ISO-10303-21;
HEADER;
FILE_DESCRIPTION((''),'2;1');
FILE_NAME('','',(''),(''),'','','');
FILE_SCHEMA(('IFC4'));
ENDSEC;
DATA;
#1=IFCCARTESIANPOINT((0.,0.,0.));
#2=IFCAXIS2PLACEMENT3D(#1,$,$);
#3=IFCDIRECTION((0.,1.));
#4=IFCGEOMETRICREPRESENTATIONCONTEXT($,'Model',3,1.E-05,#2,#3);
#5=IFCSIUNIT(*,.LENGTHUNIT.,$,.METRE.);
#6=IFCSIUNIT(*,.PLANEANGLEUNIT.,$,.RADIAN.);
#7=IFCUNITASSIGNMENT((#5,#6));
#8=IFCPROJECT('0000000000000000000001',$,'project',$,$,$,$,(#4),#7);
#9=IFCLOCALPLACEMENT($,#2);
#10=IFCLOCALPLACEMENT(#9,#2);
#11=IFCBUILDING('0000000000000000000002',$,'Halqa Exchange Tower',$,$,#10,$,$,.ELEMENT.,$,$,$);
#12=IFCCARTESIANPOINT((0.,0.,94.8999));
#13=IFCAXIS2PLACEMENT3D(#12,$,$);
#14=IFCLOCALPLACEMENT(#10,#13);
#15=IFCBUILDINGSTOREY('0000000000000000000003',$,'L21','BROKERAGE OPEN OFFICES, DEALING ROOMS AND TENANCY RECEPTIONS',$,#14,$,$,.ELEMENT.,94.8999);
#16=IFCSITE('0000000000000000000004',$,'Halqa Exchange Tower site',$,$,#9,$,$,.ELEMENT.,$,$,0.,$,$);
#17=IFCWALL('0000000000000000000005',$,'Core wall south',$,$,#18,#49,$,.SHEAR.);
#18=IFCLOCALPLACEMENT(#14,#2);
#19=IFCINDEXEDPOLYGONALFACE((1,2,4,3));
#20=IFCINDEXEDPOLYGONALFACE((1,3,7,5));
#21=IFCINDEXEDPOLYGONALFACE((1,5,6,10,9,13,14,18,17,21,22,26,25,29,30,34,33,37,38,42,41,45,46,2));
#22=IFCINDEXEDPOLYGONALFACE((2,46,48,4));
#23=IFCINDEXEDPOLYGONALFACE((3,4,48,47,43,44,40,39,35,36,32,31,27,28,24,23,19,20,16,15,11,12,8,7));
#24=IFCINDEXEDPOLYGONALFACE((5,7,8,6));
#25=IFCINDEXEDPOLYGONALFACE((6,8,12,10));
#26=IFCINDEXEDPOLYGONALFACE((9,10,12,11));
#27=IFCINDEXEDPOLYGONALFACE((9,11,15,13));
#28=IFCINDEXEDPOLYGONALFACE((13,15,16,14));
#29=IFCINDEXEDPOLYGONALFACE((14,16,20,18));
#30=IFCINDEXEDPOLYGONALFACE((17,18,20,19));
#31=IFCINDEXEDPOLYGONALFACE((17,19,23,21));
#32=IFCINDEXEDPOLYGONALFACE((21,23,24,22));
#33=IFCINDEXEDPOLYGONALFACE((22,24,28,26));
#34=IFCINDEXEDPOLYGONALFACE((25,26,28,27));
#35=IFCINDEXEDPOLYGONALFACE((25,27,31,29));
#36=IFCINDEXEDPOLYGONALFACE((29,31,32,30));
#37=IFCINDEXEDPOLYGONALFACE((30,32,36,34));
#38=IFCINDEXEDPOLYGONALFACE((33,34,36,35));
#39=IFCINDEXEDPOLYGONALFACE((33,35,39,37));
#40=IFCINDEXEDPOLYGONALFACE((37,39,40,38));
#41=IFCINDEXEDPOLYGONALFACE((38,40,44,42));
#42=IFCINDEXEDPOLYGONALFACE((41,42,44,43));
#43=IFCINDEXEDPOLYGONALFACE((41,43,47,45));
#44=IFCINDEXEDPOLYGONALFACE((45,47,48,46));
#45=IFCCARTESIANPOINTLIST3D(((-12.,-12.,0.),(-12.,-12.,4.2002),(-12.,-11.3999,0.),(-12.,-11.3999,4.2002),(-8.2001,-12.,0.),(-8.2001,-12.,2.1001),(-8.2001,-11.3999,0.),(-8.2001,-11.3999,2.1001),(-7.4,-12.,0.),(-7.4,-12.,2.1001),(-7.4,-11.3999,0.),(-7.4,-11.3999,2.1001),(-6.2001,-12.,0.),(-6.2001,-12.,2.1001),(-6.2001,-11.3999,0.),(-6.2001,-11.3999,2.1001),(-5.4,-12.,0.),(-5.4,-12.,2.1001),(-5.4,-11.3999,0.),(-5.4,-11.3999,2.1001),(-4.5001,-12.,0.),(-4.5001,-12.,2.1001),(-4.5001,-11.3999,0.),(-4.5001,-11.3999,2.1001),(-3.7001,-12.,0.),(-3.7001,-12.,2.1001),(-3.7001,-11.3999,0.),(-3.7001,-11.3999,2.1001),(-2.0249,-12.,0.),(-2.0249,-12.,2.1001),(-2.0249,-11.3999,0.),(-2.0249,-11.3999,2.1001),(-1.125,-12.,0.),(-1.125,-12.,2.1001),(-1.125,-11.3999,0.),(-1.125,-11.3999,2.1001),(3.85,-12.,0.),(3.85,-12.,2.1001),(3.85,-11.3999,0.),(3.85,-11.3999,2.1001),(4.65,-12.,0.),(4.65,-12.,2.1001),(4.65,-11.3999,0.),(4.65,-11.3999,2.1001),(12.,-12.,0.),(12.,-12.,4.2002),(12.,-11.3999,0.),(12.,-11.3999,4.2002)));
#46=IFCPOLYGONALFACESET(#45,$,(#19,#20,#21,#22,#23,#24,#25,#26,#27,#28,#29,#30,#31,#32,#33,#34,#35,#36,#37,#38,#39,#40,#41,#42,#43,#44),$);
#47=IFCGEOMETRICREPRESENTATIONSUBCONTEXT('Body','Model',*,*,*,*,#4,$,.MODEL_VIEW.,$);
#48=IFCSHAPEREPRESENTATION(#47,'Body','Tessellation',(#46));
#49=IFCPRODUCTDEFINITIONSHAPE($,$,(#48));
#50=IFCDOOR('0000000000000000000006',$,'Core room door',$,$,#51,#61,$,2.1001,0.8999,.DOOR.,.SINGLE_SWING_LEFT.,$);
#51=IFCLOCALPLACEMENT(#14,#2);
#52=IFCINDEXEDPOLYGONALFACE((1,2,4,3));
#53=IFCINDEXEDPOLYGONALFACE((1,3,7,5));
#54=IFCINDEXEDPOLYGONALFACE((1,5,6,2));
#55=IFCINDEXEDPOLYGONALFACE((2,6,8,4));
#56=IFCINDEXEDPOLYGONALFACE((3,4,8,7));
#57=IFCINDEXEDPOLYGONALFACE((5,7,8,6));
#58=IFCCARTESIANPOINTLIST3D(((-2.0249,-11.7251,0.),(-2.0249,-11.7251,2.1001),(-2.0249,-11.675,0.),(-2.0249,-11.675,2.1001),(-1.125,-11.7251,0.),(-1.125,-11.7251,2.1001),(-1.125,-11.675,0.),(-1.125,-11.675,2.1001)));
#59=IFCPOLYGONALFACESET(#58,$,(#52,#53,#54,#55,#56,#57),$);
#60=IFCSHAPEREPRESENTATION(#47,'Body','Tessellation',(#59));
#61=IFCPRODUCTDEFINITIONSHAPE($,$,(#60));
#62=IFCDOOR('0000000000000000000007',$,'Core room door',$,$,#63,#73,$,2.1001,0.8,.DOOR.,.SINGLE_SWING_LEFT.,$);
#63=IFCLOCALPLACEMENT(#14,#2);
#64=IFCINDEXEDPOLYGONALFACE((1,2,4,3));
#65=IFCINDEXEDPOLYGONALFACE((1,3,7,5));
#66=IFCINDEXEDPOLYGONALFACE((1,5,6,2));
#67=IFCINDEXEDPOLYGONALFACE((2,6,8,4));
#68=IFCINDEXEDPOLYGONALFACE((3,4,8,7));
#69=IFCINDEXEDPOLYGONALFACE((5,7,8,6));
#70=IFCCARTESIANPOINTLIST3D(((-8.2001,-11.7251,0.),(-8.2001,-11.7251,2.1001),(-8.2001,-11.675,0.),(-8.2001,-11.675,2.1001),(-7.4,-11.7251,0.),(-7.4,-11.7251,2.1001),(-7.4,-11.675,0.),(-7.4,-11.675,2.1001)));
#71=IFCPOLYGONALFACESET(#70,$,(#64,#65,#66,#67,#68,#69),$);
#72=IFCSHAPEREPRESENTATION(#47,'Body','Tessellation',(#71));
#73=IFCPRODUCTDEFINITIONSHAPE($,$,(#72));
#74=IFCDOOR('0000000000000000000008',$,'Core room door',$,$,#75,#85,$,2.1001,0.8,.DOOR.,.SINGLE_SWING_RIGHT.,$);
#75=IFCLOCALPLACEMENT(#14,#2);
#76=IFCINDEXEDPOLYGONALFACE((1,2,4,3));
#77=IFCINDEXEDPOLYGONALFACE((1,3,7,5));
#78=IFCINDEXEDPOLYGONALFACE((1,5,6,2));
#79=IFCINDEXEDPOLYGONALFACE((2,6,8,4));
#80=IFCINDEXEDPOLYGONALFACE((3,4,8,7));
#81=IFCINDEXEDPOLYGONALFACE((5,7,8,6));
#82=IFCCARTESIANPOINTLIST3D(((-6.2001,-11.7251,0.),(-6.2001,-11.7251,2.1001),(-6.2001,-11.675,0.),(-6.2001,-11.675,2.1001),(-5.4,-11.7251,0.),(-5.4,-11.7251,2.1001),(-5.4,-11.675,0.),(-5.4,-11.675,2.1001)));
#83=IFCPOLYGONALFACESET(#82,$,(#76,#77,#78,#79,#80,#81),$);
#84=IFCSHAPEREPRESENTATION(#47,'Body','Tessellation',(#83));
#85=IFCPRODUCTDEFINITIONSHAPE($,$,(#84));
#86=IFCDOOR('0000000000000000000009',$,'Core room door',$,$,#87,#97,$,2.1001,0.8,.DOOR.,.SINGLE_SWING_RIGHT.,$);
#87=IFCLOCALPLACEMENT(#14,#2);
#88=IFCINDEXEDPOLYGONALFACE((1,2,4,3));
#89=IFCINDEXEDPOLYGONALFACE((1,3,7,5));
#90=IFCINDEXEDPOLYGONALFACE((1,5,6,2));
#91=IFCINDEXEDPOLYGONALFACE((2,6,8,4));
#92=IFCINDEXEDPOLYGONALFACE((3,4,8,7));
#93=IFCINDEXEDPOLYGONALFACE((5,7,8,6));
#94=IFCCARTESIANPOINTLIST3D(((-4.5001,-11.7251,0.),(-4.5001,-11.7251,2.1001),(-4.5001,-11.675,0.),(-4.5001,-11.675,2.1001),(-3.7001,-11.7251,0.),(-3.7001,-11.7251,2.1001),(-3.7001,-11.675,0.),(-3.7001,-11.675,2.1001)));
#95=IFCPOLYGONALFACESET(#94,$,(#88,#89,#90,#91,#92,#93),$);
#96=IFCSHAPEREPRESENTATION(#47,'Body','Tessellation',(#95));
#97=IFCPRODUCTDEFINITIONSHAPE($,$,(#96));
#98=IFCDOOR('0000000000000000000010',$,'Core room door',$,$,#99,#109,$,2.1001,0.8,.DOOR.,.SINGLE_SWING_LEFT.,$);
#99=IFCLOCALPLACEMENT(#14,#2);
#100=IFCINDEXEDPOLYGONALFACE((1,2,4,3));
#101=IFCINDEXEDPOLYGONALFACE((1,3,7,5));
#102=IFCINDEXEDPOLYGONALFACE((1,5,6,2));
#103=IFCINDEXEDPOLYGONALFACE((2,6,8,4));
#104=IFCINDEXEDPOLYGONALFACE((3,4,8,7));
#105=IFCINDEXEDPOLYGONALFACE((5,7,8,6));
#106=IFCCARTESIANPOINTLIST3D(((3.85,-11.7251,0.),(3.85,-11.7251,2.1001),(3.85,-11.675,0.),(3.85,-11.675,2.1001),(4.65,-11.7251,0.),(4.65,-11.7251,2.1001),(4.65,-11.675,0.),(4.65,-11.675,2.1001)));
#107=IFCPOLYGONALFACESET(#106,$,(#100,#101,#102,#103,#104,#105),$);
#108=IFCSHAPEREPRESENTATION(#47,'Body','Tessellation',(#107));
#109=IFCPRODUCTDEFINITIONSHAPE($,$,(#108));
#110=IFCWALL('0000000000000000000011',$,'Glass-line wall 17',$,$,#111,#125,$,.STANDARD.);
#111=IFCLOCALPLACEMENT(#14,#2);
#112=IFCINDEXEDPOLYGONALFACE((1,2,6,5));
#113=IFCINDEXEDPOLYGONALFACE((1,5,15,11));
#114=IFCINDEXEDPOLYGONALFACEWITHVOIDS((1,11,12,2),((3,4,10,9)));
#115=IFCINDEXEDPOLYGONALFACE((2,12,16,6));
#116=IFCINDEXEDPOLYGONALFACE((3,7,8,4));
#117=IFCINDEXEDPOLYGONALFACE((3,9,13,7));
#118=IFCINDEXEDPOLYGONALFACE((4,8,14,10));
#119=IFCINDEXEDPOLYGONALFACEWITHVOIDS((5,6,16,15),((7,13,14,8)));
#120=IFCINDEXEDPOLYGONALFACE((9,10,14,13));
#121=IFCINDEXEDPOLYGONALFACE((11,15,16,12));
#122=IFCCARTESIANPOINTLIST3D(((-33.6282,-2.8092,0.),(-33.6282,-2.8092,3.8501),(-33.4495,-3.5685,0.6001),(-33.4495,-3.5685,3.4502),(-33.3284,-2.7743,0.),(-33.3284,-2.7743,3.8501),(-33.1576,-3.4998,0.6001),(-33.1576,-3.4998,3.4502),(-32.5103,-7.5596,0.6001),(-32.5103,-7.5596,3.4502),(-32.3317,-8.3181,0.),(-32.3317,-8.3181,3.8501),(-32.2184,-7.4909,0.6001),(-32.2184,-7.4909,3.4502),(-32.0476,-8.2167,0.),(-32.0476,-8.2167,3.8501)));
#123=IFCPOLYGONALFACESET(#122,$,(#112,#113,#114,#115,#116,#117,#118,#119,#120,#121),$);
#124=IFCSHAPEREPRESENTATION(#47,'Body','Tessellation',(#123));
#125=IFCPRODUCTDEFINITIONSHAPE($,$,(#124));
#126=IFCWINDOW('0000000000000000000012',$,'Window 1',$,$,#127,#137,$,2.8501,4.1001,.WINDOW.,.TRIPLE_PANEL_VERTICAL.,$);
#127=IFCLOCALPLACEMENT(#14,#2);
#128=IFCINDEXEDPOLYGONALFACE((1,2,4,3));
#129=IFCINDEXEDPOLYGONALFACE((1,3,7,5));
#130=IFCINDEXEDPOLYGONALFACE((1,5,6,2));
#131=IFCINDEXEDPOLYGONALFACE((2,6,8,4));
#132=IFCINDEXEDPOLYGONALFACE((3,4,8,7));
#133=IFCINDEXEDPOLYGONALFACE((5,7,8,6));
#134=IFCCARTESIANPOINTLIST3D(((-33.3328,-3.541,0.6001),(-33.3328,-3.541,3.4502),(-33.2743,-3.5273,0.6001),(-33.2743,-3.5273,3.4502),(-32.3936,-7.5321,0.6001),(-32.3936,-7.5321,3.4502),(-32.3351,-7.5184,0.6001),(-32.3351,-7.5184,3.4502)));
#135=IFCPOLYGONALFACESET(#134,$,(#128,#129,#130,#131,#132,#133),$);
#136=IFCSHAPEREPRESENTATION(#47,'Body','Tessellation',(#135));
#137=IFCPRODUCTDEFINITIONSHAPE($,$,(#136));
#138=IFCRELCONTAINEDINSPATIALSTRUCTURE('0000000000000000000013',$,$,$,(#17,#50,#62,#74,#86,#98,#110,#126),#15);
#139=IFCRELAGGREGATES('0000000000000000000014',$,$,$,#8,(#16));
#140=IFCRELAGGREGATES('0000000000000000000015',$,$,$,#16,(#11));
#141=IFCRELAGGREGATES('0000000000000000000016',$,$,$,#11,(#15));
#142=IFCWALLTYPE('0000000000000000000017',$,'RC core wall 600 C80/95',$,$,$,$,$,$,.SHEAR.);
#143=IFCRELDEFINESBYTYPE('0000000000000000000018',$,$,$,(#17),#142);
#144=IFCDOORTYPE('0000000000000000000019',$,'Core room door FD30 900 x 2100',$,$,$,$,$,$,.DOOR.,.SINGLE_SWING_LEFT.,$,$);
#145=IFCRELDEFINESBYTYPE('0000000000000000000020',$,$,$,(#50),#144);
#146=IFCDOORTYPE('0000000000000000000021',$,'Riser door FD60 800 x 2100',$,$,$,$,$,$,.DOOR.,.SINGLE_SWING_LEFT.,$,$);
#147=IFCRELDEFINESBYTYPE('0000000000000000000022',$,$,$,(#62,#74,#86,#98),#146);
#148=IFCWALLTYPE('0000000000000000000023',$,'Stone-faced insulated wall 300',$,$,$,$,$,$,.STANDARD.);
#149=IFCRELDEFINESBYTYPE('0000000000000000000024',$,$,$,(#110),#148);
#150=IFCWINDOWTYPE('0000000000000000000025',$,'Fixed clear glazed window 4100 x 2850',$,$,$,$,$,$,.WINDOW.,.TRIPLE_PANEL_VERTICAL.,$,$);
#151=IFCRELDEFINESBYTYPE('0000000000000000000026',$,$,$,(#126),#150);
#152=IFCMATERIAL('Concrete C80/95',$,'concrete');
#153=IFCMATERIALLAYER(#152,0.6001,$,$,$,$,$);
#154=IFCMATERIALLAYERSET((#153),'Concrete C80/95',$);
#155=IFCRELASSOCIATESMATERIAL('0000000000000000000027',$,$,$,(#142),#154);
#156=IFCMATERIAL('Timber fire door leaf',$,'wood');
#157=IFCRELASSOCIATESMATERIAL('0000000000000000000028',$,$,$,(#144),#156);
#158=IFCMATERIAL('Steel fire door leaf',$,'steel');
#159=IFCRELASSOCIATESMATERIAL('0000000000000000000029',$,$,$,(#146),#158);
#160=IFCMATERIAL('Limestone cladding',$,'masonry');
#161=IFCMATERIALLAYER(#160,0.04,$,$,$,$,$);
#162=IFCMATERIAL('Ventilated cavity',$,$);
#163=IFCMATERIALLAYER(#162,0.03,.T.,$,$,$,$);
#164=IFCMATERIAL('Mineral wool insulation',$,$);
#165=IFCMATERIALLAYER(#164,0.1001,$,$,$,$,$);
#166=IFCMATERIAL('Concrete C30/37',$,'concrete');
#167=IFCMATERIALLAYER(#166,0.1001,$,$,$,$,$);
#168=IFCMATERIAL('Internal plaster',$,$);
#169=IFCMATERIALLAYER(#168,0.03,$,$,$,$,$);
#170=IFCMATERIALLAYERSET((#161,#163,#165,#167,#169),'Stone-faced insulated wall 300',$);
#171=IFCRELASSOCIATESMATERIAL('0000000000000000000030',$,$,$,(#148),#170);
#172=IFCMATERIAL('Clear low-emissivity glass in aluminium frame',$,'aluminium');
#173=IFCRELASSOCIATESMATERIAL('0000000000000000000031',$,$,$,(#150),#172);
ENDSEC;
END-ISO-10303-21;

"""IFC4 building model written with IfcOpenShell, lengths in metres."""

from ifc_helpers import new_model, si_unit, direction, frame, frame_2d, origin, place, context, subcontext, project, spatial, polyline, rectangle, outline, extrude, material, layer, layer_set, type_object, element, fill, save


model = new_model("IFC4")

# Units and contexts
model_context = context("Model", 3, precision=1e-05, world=origin(), true_north=direction((0.0, 1.0)))
body_context = subcontext(model_context, "Body", "Model", "MODEL_VIEW")
ifc_project = project(units=[si_unit("LENGTHUNIT", "METRE"), si_unit("PLANEANGLEUNIT", "RADIAN")], contexts=[model_context])

# Site, building, storey
site_placement = place(None, origin())
site = spatial("IfcSite", under=ifc_project, at=site_placement, Name="Halqa Exchange Tower site", CompositionType="ELEMENT", RefElevation=0.0)
building_placement = place(site_placement, origin())
building = spatial("IfcBuilding", under=site, at=building_placement, Name="Halqa Exchange Tower", CompositionType="ELEMENT")
storey_placement = place(building_placement, frame((0.0, 0.0, 94.8999)))
storey = spatial("IfcBuildingStorey", under=building, at=storey_placement, Name="L21", Description="BROKERAGE OPEN OFFICES, DEALING ROOMS AND TENANCY RECEPTIONS", CompositionType="ELEMENT", Elevation=94.8999)

# Wall, openings, doors
ifc_material_1 = material(Name="Concrete C80/95", Category="concrete")
ifc_layer_1 = layer(ifc_material_1, 0.6001)
ifc_layer_set_1 = layer_set([ifc_layer_1], Name="Concrete C80/95")
wall_type_1 = type_object("IfcWallType", Name="RC core wall 600 C80/95", PredefinedType="SHEAR", material=ifc_layer_set_1)
wall_1_placement = place(storey_placement, frame((-12.0, -11.7, 0.0), z_axis=(0.0, 0.0, 1.0), x_axis=(1.0, 0.0, 0.0)))
wall_1 = element("IfcWall", 1, at=wall_1_placement, inside=storey, type_object=wall_type_1, Name="Core wall south", PredefinedType="SHEAR", context=body_context, shape_type="SweptSolid", body=[
    extrude(rectangle(XDim=24.0, YDim=0.6001, at=frame_2d((12.0, 0.0))), origin(), (0.0, 0.0, 1.0), 4.2002),
])
opening_1_placement = place(wall_1_placement, frame((9.9751, 0.0, 0.0)))
opening_1 = element("IfcOpeningElement", 2, at=opening_1_placement, cuts=wall_1, PredefinedType="OPENING", context=body_context, shape_type="SweptSolid", body=[
    extrude(rectangle(XDim=0.8999, YDim=2.1001, at=frame_2d((0.45, 1.05))), frame((0.0, 0.312, 0.0), z_axis=(0.0, -1.0, 0.0), x_axis=(1.0, 0.0, 0.0)), (0.0, 0.0, 1.0), 0.624),
])
opening_2_placement = place(wall_1_placement, frame((3.8, 0.0, 0.0)))
opening_2 = element("IfcOpeningElement", 3, at=opening_2_placement, cuts=wall_1, PredefinedType="OPENING", context=body_context, shape_type="SweptSolid", body=[
    extrude(rectangle(XDim=0.8, YDim=2.1001, at=frame_2d((0.3999, 1.05))), frame((0.0, 0.312, 0.0), z_axis=(0.0, -1.0, 0.0), x_axis=(1.0, 0.0, 0.0)), (0.0, 0.0, 1.0), 0.624),
])
opening_3_placement = place(wall_1_placement, frame((5.8, 0.0, 0.0)))
opening_3 = element("IfcOpeningElement", 4, at=opening_3_placement, cuts=wall_1, PredefinedType="OPENING", context=body_context, shape_type="SweptSolid", body=[
    extrude(rectangle(XDim=0.8, YDim=2.1001, at=frame_2d((0.3999, 1.05))), frame((0.0, 0.312, 0.0), z_axis=(0.0, -1.0, 0.0), x_axis=(1.0, 0.0, 0.0)), (0.0, 0.0, 1.0), 0.624),
])
opening_4_placement = place(wall_1_placement, frame((7.5, 0.0, 0.0)))
opening_4 = element("IfcOpeningElement", 5, at=opening_4_placement, cuts=wall_1, PredefinedType="OPENING", context=body_context, shape_type="SweptSolid", body=[
    extrude(rectangle(XDim=0.8, YDim=2.1001, at=frame_2d((0.3999, 1.05))), frame((0.0, 0.312, 0.0), z_axis=(0.0, -1.0, 0.0), x_axis=(1.0, 0.0, 0.0)), (0.0, 0.0, 1.0), 0.624),
])
opening_5_placement = place(wall_1_placement, frame((15.8501, 0.0, 0.0)))
opening_5 = element("IfcOpeningElement", 6, at=opening_5_placement, cuts=wall_1, PredefinedType="OPENING", context=body_context, shape_type="SweptSolid", body=[
    extrude(rectangle(XDim=0.8, YDim=2.1001, at=frame_2d((0.3999, 1.05))), frame((0.0, 0.312, 0.0), z_axis=(0.0, -1.0, 0.0), x_axis=(1.0, 0.0, 0.0)), (0.0, 0.0, 1.0), 0.624),
])
ifc_material_2 = material(Name="Timber fire door leaf", Category="wood")
door_type_1 = type_object("IfcDoorType", Name="Core room door FD30 900 x 2100", OperationType="SINGLE_SWING_LEFT", PredefinedType="DOOR", material=ifc_material_2)
door_1_placement = place(opening_1_placement, origin())
door_1 = element("IfcDoor", 7, at=door_1_placement, inside=storey, type_object=door_type_1, Name="Core room door", OperationType="SINGLE_SWING_LEFT", OverallHeight=2.1001, OverallWidth=0.8999, PredefinedType="DOOR", context=body_context, shape_type="SweptSolid", body=[
    extrude(rectangle(XDim=0.8999, YDim=2.1001, at=frame_2d((0.45, 1.05))), frame((0.0, 0.0249, 0.0), z_axis=(0.0, -1.0, 0.0), x_axis=(1.0, 0.0, 0.0)), (0.0, 0.0, 1.0), 0.05),
])
fill(opening_1, door_1)
ifc_material_3 = material(Name="Steel fire door leaf", Category="steel")
door_type_2 = type_object("IfcDoorType", Name="Riser door FD60 800 x 2100", OperationType="SINGLE_SWING_LEFT", PredefinedType="DOOR", material=ifc_material_3)
door_2_placement = place(opening_2_placement, origin())
door_2 = element("IfcDoor", 8, at=door_2_placement, inside=storey, type_object=door_type_2, Name="Core room door", OperationType="SINGLE_SWING_LEFT", OverallHeight=2.1001, OverallWidth=0.8, PredefinedType="DOOR", context=body_context, shape_type="SweptSolid", body=[
    extrude(rectangle(XDim=0.8, YDim=2.1001, at=frame_2d((0.3999, 1.05))), frame((0.0, 0.0249, 0.0), z_axis=(0.0, -1.0, 0.0), x_axis=(1.0, 0.0, 0.0)), (0.0, 0.0, 1.0), 0.05),
])
fill(opening_2, door_2)
door_3_placement = place(opening_3_placement, origin())
door_3 = element("IfcDoor", 9, at=door_3_placement, inside=storey, type_object=door_type_2, Name="Core room door", OperationType="SINGLE_SWING_RIGHT", OverallHeight=2.1001, OverallWidth=0.8, PredefinedType="DOOR", context=body_context, shape_type="SweptSolid", body=[
    extrude(rectangle(XDim=0.8, YDim=2.1001, at=frame_2d((0.3999, 1.05))), frame((0.0, 0.0249, 0.0), z_axis=(0.0, -1.0, 0.0), x_axis=(1.0, 0.0, 0.0)), (0.0, 0.0, 1.0), 0.05),
])
fill(opening_3, door_3)
door_4_placement = place(opening_4_placement, origin())
door_4 = element("IfcDoor", 10, at=door_4_placement, inside=storey, type_object=door_type_2, Name="Core room door", OperationType="SINGLE_SWING_RIGHT", OverallHeight=2.1001, OverallWidth=0.8, PredefinedType="DOOR", context=body_context, shape_type="SweptSolid", body=[
    extrude(rectangle(XDim=0.8, YDim=2.1001, at=frame_2d((0.3999, 1.05))), frame((0.0, 0.0249, 0.0), z_axis=(0.0, -1.0, 0.0), x_axis=(1.0, 0.0, 0.0)), (0.0, 0.0, 1.0), 0.05),
])
fill(opening_4, door_4)
door_5_placement = place(opening_5_placement, origin())
door_5 = element("IfcDoor", 11, at=door_5_placement, inside=storey, type_object=door_type_2, Name="Core room door", OperationType="SINGLE_SWING_LEFT", OverallHeight=2.1001, OverallWidth=0.8, PredefinedType="DOOR", context=body_context, shape_type="SweptSolid", body=[
    extrude(rectangle(XDim=0.8, YDim=2.1001, at=frame_2d((0.3999, 1.05))), frame((0.0, 0.0249, 0.0), z_axis=(0.0, -1.0, 0.0), x_axis=(1.0, 0.0, 0.0)), (0.0, 0.0, 1.0), 0.05),
])
fill(opening_5, door_5)

# Wall, opening, window
ifc_material_4 = material(Name="Limestone cladding", Category="masonry")
ifc_layer_2 = layer(ifc_material_4, 0.04)
ifc_material_5 = material(Name="Ventilated cavity")
ifc_layer_3 = layer(ifc_material_5, 0.03, ventilated=True)
ifc_material_6 = material(Name="Mineral wool insulation")
ifc_layer_4 = layer(ifc_material_6, 0.1001)
ifc_material_7 = material(Name="Concrete C30/37", Category="concrete")
ifc_layer_5 = layer(ifc_material_7, 0.1001)
ifc_material_8 = material(Name="Internal plaster")
ifc_layer_6 = layer(ifc_material_8, 0.03)
ifc_layer_set_2 = layer_set([ifc_layer_2, ifc_layer_3, ifc_layer_4, ifc_layer_5, ifc_layer_6], Name="Stone-faced insulated wall 300")
wall_type_2 = type_object("IfcWallType", Name="Stone-faced insulated wall 300", PredefinedType="STANDARD", material=ifc_layer_set_2)
wall_2_placement = place(storey_placement, frame((-33.4783, -2.7917, 0.0), z_axis=(0.0, 0.0, 1.0), x_axis=(0.229073, -0.973409, 0.0)))
wall_2 = element("IfcWall", 12, at=wall_2_placement, inside=storey, type_object=wall_type_2, Name="Glass-line wall 17", PredefinedType="STANDARD", context=body_context, shape_type="SweptSolid", body=[
    extrude(outline(polyline([(-0.0173, -0.1499), (5.6421, -0.1499), (5.6084, 0.1499), (0.0173, 0.1499), (-0.0173, -0.1499)])), origin(), (0.0, 0.0, 1.0), 3.8501),
])
opening_6_placement = place(wall_2_placement, frame((0.7627, 0.0, 0.6001)))
opening_6 = element("IfcOpeningElement", 13, at=opening_6_placement, cuts=wall_2, PredefinedType="OPENING", context=body_context, shape_type="SweptSolid", body=[
    extrude(rectangle(XDim=4.1001, YDim=2.8501, at=frame_2d((2.05, 1.425))), frame((0.0, 0.1621, 0.0), z_axis=(0.0, -1.0, 0.0), x_axis=(1.0, 0.0, 0.0)), (0.0, 0.0, 1.0), 0.324),
])
ifc_material_9 = material(Name="Clear low-emissivity glass in aluminium frame", Category="aluminium")
window_type = type_object("IfcWindowType", Name="Fixed clear glazed window 4100 x 2850", PartitioningType="TRIPLE_PANEL_VERTICAL", PredefinedType="WINDOW", material=ifc_material_9)
window_1_placement = place(opening_6_placement, origin())
window_1 = element("IfcWindow", 14, at=window_1_placement, inside=storey, type_object=window_type, Name="Window 1", OverallHeight=2.8501, OverallWidth=4.1001, PartitioningType="TRIPLE_PANEL_VERTICAL", PredefinedType="WINDOW", context=body_context, shape_type="SweptSolid", body=[
    extrude(rectangle(XDim=4.1001, YDim=2.8501, at=frame_2d((2.05, 1.425))), frame((0.0, 0.03, 0.0), z_axis=(0.0, -1.0, 0.0), x_axis=(1.0, 0.0, 0.0)), (0.0, 0.0, 1.0), 0.0601),
])
fill(opening_6, window_1)

save(model, "model.ifc")
